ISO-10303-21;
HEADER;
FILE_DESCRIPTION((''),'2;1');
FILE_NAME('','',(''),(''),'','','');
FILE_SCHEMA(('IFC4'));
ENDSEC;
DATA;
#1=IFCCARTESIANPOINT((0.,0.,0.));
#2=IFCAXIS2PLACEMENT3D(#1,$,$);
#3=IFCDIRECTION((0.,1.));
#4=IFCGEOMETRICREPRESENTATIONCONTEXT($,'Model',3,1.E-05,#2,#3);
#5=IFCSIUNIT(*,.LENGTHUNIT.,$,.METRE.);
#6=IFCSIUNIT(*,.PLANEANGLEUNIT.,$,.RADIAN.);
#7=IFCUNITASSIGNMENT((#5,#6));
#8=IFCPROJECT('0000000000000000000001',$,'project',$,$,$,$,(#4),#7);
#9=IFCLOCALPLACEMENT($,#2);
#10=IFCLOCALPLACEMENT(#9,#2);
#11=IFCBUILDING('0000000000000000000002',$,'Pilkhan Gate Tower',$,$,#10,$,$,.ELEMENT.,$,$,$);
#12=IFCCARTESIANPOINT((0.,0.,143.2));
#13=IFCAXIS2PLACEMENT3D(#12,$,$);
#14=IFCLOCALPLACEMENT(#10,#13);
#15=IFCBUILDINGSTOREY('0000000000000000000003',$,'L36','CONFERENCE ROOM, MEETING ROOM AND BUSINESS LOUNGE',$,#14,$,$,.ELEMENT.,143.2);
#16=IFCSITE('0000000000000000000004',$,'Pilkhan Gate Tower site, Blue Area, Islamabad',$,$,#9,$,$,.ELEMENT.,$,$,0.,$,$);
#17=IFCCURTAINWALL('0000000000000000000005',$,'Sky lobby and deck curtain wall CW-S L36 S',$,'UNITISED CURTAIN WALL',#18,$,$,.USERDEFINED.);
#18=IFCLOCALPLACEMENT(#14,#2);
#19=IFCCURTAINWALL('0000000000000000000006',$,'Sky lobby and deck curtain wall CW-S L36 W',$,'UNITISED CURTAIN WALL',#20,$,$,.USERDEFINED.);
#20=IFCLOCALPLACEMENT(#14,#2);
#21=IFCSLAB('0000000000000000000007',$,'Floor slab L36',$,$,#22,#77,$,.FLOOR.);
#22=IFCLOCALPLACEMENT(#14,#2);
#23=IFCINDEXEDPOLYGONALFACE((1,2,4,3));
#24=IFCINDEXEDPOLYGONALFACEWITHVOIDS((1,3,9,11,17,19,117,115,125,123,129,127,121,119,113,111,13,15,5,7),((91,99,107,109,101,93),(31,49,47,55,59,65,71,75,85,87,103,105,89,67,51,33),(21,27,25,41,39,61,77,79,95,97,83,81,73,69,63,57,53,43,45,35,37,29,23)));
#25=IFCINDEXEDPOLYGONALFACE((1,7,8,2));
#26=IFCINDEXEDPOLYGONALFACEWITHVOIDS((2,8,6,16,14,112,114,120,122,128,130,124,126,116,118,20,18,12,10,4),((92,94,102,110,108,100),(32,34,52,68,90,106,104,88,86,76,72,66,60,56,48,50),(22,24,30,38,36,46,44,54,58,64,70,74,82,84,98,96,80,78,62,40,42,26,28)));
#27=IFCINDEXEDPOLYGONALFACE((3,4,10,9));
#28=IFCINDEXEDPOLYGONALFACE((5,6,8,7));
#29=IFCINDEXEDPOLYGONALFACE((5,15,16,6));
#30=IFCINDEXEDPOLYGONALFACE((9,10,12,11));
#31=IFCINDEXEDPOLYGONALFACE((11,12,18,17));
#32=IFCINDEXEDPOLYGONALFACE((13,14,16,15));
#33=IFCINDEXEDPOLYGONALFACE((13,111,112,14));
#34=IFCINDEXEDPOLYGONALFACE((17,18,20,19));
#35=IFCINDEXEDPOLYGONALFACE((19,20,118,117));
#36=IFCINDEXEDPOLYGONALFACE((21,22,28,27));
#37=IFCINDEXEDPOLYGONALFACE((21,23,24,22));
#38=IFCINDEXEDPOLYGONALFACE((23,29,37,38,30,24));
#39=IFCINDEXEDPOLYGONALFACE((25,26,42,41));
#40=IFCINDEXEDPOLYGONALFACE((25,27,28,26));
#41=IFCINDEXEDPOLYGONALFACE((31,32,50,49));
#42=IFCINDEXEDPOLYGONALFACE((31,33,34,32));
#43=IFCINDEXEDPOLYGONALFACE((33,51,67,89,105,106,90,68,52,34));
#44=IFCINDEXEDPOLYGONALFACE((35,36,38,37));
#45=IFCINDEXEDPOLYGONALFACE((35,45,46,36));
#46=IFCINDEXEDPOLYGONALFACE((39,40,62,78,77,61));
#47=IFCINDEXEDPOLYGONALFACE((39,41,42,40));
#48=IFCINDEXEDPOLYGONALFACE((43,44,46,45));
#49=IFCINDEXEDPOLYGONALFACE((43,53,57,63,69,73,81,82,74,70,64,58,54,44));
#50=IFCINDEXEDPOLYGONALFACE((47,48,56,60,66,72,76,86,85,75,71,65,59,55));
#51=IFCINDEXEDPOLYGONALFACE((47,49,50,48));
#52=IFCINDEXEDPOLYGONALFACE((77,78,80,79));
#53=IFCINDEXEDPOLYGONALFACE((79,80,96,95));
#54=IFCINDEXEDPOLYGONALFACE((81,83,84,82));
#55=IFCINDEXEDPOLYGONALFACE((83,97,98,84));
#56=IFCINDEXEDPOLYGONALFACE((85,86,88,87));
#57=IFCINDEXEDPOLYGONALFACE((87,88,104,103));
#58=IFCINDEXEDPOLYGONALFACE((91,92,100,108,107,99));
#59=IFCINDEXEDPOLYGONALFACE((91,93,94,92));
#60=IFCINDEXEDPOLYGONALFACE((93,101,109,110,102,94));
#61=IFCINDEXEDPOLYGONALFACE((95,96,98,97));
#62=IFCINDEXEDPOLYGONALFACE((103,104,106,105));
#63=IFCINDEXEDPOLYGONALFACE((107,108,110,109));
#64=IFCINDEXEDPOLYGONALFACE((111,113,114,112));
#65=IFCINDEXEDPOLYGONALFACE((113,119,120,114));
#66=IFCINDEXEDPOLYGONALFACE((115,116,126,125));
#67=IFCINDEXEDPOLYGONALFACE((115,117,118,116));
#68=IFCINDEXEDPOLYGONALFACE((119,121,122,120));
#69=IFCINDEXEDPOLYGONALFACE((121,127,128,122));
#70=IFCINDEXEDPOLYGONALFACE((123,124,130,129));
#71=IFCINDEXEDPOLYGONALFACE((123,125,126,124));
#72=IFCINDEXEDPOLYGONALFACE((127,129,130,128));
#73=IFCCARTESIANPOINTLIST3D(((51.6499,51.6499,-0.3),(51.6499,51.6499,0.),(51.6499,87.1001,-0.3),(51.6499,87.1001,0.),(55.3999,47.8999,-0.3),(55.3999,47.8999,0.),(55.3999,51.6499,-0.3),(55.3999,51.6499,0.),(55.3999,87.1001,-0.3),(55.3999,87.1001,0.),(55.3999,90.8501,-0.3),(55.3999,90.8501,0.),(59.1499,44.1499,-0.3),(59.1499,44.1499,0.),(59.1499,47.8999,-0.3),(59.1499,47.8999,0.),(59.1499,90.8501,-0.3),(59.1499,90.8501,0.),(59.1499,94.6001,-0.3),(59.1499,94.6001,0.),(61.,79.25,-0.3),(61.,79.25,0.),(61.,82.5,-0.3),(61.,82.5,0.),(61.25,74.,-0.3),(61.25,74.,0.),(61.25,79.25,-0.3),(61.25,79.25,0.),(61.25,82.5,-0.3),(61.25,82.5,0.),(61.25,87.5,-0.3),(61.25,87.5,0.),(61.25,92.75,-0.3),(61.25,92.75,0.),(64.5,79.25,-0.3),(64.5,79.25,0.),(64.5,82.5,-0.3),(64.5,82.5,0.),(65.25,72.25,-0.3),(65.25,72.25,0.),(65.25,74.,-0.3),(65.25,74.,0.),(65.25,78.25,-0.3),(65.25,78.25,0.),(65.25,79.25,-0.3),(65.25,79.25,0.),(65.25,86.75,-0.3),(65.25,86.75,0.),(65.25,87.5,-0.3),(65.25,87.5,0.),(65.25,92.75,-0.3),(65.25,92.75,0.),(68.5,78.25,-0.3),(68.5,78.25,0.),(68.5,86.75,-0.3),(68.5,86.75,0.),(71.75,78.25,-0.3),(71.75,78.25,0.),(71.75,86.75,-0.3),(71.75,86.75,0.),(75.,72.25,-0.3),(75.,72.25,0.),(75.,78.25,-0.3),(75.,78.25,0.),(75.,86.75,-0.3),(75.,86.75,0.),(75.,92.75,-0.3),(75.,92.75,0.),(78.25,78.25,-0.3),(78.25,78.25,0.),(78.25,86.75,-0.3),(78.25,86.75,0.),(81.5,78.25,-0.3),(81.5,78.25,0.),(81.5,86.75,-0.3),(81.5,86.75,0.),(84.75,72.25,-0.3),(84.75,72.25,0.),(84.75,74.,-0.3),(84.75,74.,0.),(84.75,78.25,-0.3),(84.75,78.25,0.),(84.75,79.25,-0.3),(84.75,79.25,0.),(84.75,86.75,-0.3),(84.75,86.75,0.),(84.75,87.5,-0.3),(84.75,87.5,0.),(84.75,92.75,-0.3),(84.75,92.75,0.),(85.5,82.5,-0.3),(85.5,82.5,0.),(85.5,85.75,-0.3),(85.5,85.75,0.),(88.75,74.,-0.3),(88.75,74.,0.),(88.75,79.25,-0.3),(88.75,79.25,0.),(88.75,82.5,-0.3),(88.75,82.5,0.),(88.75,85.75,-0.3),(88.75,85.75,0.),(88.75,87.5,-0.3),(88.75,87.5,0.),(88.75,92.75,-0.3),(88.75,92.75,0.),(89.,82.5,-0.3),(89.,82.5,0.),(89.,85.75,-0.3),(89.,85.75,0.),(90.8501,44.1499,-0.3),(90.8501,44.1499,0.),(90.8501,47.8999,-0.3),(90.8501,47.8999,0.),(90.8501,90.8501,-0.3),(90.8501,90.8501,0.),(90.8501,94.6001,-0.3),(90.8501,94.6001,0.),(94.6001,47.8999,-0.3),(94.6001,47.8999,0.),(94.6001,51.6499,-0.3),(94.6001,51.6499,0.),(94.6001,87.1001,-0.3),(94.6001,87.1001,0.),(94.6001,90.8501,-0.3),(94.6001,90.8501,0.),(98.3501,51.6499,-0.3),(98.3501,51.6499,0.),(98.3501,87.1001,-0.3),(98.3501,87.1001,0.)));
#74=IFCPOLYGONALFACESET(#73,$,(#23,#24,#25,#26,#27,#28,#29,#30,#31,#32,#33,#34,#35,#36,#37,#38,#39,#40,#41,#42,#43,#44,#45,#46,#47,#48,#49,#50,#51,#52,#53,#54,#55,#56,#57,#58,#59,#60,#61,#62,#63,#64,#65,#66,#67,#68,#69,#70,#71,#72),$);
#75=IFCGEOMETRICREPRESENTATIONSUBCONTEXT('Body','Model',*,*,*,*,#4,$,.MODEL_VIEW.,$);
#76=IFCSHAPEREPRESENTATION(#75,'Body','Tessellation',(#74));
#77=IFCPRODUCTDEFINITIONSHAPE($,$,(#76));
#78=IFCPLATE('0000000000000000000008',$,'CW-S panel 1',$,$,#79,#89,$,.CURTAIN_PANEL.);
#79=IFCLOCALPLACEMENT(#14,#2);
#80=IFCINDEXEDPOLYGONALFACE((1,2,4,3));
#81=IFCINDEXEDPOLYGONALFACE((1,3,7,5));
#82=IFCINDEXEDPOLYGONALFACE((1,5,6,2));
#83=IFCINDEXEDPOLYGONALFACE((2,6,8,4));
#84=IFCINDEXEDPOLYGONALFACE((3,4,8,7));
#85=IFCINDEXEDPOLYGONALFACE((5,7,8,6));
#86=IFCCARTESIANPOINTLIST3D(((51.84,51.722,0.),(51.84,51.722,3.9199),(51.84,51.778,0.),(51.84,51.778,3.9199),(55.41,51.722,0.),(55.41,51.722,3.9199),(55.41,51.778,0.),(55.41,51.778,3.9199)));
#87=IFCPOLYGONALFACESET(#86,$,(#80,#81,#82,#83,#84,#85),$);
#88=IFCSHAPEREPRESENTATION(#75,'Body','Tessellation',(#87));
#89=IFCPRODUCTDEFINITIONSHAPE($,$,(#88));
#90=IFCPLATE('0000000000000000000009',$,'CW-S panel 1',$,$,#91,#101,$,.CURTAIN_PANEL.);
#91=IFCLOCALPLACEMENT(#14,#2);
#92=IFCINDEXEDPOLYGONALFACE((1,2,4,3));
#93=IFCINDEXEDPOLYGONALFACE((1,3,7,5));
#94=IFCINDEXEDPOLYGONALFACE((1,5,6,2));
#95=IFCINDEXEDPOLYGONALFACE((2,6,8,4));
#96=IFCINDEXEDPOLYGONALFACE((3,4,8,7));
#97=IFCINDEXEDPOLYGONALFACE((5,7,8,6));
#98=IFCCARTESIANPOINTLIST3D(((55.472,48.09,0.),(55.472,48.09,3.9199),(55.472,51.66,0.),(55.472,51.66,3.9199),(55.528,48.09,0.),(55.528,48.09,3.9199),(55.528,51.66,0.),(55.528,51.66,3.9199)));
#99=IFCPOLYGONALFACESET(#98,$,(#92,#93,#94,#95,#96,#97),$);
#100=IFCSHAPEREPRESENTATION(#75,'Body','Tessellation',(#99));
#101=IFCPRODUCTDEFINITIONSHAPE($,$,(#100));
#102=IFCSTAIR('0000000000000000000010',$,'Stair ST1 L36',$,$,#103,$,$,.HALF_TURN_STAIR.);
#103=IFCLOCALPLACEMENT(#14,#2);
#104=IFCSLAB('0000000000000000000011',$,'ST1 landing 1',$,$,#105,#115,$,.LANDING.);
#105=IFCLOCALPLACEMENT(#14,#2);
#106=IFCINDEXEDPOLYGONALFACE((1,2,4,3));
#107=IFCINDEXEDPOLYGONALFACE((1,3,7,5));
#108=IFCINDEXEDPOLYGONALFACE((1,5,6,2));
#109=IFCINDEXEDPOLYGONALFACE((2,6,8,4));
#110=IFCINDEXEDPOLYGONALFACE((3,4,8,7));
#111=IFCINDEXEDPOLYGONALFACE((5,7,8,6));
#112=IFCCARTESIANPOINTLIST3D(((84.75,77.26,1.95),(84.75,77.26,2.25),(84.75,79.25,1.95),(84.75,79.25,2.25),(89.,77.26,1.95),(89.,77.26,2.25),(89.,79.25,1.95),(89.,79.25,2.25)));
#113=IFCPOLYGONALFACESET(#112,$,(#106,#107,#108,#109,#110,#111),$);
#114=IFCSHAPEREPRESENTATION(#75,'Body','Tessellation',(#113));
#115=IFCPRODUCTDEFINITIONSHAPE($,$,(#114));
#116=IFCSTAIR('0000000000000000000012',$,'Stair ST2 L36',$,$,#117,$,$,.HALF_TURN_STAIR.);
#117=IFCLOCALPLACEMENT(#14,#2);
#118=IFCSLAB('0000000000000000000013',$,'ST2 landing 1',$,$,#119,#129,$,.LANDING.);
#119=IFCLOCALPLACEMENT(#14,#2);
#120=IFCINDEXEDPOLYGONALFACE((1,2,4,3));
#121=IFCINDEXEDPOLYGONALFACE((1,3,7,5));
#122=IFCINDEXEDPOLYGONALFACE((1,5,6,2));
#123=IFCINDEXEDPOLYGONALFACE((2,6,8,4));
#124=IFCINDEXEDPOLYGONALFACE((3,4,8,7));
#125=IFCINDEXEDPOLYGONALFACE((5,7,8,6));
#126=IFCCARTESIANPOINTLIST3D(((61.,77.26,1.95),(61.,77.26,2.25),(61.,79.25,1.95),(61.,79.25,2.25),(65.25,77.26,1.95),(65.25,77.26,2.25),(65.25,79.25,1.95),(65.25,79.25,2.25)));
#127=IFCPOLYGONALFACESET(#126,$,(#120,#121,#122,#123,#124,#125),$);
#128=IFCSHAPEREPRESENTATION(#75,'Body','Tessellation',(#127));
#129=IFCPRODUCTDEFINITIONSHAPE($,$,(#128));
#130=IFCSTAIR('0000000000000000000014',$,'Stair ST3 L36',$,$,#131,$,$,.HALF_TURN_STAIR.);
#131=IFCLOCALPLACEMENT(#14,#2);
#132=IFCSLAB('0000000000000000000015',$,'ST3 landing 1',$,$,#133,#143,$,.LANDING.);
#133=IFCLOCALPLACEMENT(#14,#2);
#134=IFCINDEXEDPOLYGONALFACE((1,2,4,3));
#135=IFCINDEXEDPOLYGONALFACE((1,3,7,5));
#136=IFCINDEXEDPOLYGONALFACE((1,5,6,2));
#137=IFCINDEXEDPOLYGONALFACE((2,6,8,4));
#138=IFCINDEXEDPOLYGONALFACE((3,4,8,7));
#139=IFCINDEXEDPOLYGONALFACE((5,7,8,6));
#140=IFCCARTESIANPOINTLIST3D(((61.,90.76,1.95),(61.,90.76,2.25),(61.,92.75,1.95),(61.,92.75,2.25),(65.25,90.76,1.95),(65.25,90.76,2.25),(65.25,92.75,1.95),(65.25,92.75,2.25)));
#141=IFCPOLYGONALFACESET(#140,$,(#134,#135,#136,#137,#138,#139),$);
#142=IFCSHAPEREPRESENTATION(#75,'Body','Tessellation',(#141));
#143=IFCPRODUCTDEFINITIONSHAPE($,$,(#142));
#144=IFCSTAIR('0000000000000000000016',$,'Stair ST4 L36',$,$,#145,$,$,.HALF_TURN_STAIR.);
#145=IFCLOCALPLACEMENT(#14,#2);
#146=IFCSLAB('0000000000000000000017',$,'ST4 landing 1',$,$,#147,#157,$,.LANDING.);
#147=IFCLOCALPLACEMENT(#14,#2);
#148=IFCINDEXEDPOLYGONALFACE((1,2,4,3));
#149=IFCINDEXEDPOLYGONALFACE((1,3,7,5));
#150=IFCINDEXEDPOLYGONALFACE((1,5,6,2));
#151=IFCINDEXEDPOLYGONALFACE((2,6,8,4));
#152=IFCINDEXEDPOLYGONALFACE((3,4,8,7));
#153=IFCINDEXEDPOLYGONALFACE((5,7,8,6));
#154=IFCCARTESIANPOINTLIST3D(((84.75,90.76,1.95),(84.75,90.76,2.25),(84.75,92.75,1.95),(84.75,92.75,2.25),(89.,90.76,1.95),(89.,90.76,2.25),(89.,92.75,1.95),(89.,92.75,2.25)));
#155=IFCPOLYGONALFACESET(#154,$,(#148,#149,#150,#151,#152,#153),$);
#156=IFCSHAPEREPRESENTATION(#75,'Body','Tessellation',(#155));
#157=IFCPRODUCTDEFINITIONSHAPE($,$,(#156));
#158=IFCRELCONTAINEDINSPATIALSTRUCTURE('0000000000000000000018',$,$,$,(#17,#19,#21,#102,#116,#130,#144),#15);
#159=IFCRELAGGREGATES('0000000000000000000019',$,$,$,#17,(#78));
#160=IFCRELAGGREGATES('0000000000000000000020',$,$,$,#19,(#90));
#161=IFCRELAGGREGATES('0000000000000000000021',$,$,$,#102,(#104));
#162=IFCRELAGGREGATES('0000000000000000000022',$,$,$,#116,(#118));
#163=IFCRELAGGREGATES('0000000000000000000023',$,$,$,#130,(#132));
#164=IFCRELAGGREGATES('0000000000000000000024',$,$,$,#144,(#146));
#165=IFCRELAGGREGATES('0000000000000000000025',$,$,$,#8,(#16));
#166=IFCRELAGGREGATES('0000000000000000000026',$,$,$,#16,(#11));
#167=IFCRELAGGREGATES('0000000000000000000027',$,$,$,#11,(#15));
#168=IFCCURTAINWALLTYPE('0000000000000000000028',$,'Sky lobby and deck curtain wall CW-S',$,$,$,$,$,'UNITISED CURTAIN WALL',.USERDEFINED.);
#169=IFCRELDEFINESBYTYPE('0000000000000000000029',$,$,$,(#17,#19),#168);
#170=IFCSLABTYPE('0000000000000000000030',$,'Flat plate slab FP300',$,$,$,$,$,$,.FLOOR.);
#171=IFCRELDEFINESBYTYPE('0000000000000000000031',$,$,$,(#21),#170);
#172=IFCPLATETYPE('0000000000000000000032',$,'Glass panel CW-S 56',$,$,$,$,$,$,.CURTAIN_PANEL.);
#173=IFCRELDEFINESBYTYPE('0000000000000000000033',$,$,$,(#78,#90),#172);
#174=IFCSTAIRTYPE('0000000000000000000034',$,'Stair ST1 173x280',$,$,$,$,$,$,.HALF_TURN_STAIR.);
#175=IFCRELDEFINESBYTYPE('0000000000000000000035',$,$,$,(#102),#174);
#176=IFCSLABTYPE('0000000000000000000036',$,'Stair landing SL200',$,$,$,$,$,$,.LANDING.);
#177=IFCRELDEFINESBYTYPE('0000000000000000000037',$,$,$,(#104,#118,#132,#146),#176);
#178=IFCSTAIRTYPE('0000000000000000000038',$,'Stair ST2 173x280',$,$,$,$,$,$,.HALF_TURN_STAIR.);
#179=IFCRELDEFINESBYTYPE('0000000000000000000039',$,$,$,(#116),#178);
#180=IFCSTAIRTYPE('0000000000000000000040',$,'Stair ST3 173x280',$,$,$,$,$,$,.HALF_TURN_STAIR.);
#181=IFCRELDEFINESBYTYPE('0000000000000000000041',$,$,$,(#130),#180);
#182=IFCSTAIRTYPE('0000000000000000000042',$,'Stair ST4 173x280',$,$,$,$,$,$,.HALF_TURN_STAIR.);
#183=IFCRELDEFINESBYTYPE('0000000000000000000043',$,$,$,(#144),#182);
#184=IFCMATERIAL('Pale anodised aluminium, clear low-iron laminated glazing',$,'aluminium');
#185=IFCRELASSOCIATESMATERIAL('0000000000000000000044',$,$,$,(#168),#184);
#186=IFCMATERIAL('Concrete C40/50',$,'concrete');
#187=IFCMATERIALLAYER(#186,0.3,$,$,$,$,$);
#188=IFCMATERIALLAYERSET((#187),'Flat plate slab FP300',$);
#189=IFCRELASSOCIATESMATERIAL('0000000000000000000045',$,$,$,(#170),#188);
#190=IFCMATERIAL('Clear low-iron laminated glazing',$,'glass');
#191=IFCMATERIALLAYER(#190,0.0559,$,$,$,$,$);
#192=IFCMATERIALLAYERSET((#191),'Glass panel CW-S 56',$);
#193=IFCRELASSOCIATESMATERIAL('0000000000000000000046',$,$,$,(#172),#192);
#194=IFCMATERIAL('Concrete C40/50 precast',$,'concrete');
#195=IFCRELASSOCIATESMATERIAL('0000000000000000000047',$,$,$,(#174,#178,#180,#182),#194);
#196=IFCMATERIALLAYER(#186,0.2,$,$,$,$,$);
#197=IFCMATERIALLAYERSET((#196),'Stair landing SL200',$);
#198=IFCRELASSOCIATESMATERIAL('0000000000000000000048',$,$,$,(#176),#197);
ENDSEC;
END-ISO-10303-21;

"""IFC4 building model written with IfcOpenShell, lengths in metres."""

from ifc_helpers import new_model, si_unit, direction, frame, origin, origin_2d, place, context, subcontext, project, spatial, polyline, rectangle, outline, extrude, material, layer, layer_set, type_object, element, aggregate, save


model = new_model("IFC4")

# Units and contexts
model_context = context("Model", 3, precision=1e-05, world=origin(), true_north=direction((0.0, 1.0)))
body_context = subcontext(model_context, "Body", "Model", "MODEL_VIEW")
ifc_project = project(units=[si_unit("LENGTHUNIT", "METRE"), si_unit("PLANEANGLEUNIT", "RADIAN")], contexts=[model_context])

# Site, building, storey
site_placement = place(None, origin())
site = spatial("IfcSite", under=ifc_project, at=site_placement, Name="Pilkhan Gate Tower site, Blue Area, Islamabad", CompositionType="ELEMENT", RefElevation=0.0)
building_placement = place(site_placement, origin())
building = spatial("IfcBuilding", under=site, at=building_placement, Name="Pilkhan Gate Tower", CompositionType="ELEMENT")
storey_placement = place(building_placement, frame((0.0, 0.0, 143.2)))
storey = spatial("IfcBuildingStorey", under=building, at=storey_placement, Name="L36", Description="CONFERENCE ROOM, MEETING ROOM AND BUSINESS LOUNGE", CompositionType="ELEMENT", Elevation=143.2)

# Shared definitions
ifc_material_1 = material(Name="Pale anodised aluminium, clear low-iron laminated glazing", Category="aluminium")
curtain_wall_type = type_object("IfcCurtainWallType", Name="Sky lobby and deck curtain wall CW-S", ElementType="UNITISED CURTAIN WALL", PredefinedType="USERDEFINED", material=ifc_material_1)

# Curtain walls
curtain_wall_1_placement = place(storey_placement, origin())
curtain_wall_1 = element("IfcCurtainWall", 1, at=curtain_wall_1_placement, inside=storey, type_object=curtain_wall_type, Name="Sky lobby and deck curtain wall CW-S L36 S", ObjectType="UNITISED CURTAIN WALL", PredefinedType="USERDEFINED")
curtain_wall_2_placement = place(storey_placement, origin())
curtain_wall_2 = element("IfcCurtainWall", 2, at=curtain_wall_2_placement, inside=storey, type_object=curtain_wall_type, Name="Sky lobby and deck curtain wall CW-S L36 W", ObjectType="UNITISED CURTAIN WALL", PredefinedType="USERDEFINED")

# Slab
ifc_material_2 = material(Name="Concrete C40/50", Category="concrete")
ifc_layer_1 = layer(ifc_material_2, 0.3)
ifc_layer_set_1 = layer_set([ifc_layer_1], Name="Flat plate slab FP300")
slab_type_1 = type_object("IfcSlabType", Name="Flat plate slab FP300", PredefinedType="FLOOR", material=ifc_layer_set_1)
slab_1_placement = place(storey_placement, frame((0.0, 0.0, -0.3)))
element("IfcSlab", 3, at=slab_1_placement, inside=storey, type_object=slab_type_1, Name="Floor slab L36", PredefinedType="FLOOR", context=body_context, shape_type="SweptSolid", body=[
    extrude(outline(polyline([(94.6001, 47.8999), (90.8501, 47.8999), (90.8501, 44.1499), (59.1499, 44.1499), (59.1499, 47.8999), (55.3999, 47.8999), (55.3999, 51.6499), (51.6499, 51.6499), (51.6499, 87.1001), (55.3999, 87.1001), (55.3999, 90.8501), (59.1499, 90.8501), (59.1499, 94.6001), (90.8501, 94.6001), (90.8501, 90.8501), (94.6001, 90.8501), (94.6001, 87.1001), (98.3501, 87.1001), (98.3501, 51.6499), (94.6001, 51.6499), (94.6001, 47.8999)]), holes=[polyline([(75.0, 72.25), (84.75, 72.25), (84.75, 74.0), (88.75, 74.0), (88.75, 79.25), (84.75, 79.25), (84.75, 78.25), (81.5, 78.25), (78.25, 78.25), (75.0, 78.25), (71.75, 78.25), (68.5, 78.25), (65.25, 78.25), (65.25, 79.25), (64.5, 79.25), (64.5, 82.5), (61.25, 82.5), (61.0, 82.5), (61.0, 79.25), (61.25, 79.25), (61.25, 74.0), (65.25, 74.0), (65.25, 72.25), (75.0, 72.25)]), polyline([(68.5, 86.75), (71.75, 86.75), (75.0, 86.75), (78.25, 86.75), (81.5, 86.75), (84.75, 86.75), (84.75, 87.5), (88.75, 87.5), (88.75, 92.75), (84.75, 92.75), (75.0, 92.75), (65.25, 92.75), (61.25, 92.75), (61.25, 87.5), (65.25, 87.5), (65.25, 86.75), (68.5, 86.75)]), polyline([(85.5, 85.75), (85.5, 82.5), (88.75, 82.5), (89.0, 82.5), (89.0, 85.75), (88.75, 85.75), (85.5, 85.75)])]), origin(), (0.0, 0.0, 1.0), 0.3),
])

# Plates
ifc_material_3 = material(Name="Clear low-iron laminated glazing", Category="glass")
ifc_layer_2 = layer(ifc_material_3, 0.0559)
ifc_layer_set_2 = layer_set([ifc_layer_2], Name="Glass panel CW-S 56")
plate_type = type_object("IfcPlateType", Name="Glass panel CW-S 56", PredefinedType="CURTAIN_PANEL", material=ifc_layer_set_2)
plate_1_placement = place(storey_placement, frame((53.625, 51.75, 0.0), z_axis=(0.0, 0.0, 1.0), x_axis=(1.0, 0.0, 0.0)))
plate_1 = element("IfcPlate", 4, at=plate_1_placement, type_object=plate_type, Name="CW-S panel 1", PredefinedType="CURTAIN_PANEL", context=body_context, shape_type="SweptSolid", body=[
    extrude(rectangle(XDim=3.5701, YDim=0.0559, at=origin_2d()), origin(), (0.0, 0.0, 1.0), 3.9199),
])
aggregate(curtain_wall_1, [plate_1])
plate_2_placement = place(storey_placement, frame((55.5, 49.875, 0.0), z_axis=(0.0, 0.0, 1.0), x_axis=(0.0, 1.0, 0.0)))
plate_2 = element("IfcPlate", 5, at=plate_2_placement, type_object=plate_type, Name="CW-S panel 1", PredefinedType="CURTAIN_PANEL", context=body_context, shape_type="SweptSolid", body=[
    extrude(rectangle(XDim=3.5701, YDim=0.0559, at=origin_2d()), origin(), (0.0, 0.0, 1.0), 3.9199),
])
aggregate(curtain_wall_2, [plate_2])

# Stairs, slabs
ifc_material_4 = material(Name="Concrete C40/50 precast", Category="concrete")
stair_type_1 = type_object("IfcStairType", Name="Stair ST1 173x280", PredefinedType="HALF_TURN_STAIR", material=ifc_material_4)
stair_1_placement = place(storey_placement, origin())
stair_1 = element("IfcStair", 6, at=stair_1_placement, inside=storey, type_object=stair_type_1, Name="Stair ST1 L36", PredefinedType="HALF_TURN_STAIR")
ifc_layer_3 = layer(ifc_material_2, 0.2)
ifc_layer_set_3 = layer_set([ifc_layer_3], Name="Stair landing SL200")
slab_type_2 = type_object("IfcSlabType", Name="Stair landing SL200", PredefinedType="LANDING", material=ifc_layer_set_3)
slab_2_placement = place(storey_placement, frame((0.0, 0.0, 1.95)))
slab_2 = element("IfcSlab", 7, at=slab_2_placement, type_object=slab_type_2, Name="ST1 landing 1", PredefinedType="LANDING", context=body_context, shape_type="SweptSolid", body=[
    extrude(outline(polyline([(89.0, 77.26), (89.0, 79.25), (84.75, 79.25), (84.75, 77.26), (89.0, 77.26)])), origin(), (0.0, 0.0, 1.0), 0.3),
])
aggregate(stair_1, [slab_2])
stair_type_2 = type_object("IfcStairType", Name="Stair ST2 173x280", PredefinedType="HALF_TURN_STAIR", material=ifc_material_4)
stair_2_placement = place(storey_placement, origin())
stair_2 = element("IfcStair", 8, at=stair_2_placement, inside=storey, type_object=stair_type_2, Name="Stair ST2 L36", PredefinedType="HALF_TURN_STAIR")
slab_3_placement = place(storey_placement, frame((0.0, 0.0, 1.95)))
slab_3 = element("IfcSlab", 9, at=slab_3_placement, type_object=slab_type_2, Name="ST2 landing 1", PredefinedType="LANDING", context=body_context, shape_type="SweptSolid", body=[
    extrude(outline(polyline([(65.25, 77.26), (65.25, 79.25), (61.0, 79.25), (61.0, 77.26), (65.25, 77.26)])), origin(), (0.0, 0.0, 1.0), 0.3),
])
aggregate(stair_2, [slab_3])
stair_type_3 = type_object("IfcStairType", Name="Stair ST3 173x280", PredefinedType="HALF_TURN_STAIR", material=ifc_material_4)
stair_3_placement = place(storey_placement, origin())
stair_3 = element("IfcStair", 10, at=stair_3_placement, inside=storey, type_object=stair_type_3, Name="Stair ST3 L36", PredefinedType="HALF_TURN_STAIR")
slab_4_placement = place(storey_placement, frame((0.0, 0.0, 1.95)))
slab_4 = element("IfcSlab", 11, at=slab_4_placement, type_object=slab_type_2, Name="ST3 landing 1", PredefinedType="LANDING", context=body_context, shape_type="SweptSolid", body=[
    extrude(outline(polyline([(65.25, 90.76), (65.25, 92.75), (61.0, 92.75), (61.0, 90.76), (65.25, 90.76)])), origin(), (0.0, 0.0, 1.0), 0.3),
])
aggregate(stair_3, [slab_4])
stair_type_4 = type_object("IfcStairType", Name="Stair ST4 173x280", PredefinedType="HALF_TURN_STAIR", material=ifc_material_4)
stair_4_placement = place(storey_placement, origin())
stair_4 = element("IfcStair", 12, at=stair_4_placement, inside=storey, type_object=stair_type_4, Name="Stair ST4 L36", PredefinedType="HALF_TURN_STAIR")
slab_5_placement = place(storey_placement, frame((0.0, 0.0, 1.95)))
slab_5 = element("IfcSlab", 13, at=slab_5_placement, type_object=slab_type_2, Name="ST4 landing 1", PredefinedType="LANDING", context=body_context, shape_type="SweptSolid", body=[
    extrude(outline(polyline([(89.0, 90.76), (89.0, 92.75), (84.75, 92.75), (84.75, 90.76), (89.0, 90.76)])), origin(), (0.0, 0.0, 1.0), 0.3),
])
aggregate(stair_4, [slab_5])

save(model, "model.ifc")
